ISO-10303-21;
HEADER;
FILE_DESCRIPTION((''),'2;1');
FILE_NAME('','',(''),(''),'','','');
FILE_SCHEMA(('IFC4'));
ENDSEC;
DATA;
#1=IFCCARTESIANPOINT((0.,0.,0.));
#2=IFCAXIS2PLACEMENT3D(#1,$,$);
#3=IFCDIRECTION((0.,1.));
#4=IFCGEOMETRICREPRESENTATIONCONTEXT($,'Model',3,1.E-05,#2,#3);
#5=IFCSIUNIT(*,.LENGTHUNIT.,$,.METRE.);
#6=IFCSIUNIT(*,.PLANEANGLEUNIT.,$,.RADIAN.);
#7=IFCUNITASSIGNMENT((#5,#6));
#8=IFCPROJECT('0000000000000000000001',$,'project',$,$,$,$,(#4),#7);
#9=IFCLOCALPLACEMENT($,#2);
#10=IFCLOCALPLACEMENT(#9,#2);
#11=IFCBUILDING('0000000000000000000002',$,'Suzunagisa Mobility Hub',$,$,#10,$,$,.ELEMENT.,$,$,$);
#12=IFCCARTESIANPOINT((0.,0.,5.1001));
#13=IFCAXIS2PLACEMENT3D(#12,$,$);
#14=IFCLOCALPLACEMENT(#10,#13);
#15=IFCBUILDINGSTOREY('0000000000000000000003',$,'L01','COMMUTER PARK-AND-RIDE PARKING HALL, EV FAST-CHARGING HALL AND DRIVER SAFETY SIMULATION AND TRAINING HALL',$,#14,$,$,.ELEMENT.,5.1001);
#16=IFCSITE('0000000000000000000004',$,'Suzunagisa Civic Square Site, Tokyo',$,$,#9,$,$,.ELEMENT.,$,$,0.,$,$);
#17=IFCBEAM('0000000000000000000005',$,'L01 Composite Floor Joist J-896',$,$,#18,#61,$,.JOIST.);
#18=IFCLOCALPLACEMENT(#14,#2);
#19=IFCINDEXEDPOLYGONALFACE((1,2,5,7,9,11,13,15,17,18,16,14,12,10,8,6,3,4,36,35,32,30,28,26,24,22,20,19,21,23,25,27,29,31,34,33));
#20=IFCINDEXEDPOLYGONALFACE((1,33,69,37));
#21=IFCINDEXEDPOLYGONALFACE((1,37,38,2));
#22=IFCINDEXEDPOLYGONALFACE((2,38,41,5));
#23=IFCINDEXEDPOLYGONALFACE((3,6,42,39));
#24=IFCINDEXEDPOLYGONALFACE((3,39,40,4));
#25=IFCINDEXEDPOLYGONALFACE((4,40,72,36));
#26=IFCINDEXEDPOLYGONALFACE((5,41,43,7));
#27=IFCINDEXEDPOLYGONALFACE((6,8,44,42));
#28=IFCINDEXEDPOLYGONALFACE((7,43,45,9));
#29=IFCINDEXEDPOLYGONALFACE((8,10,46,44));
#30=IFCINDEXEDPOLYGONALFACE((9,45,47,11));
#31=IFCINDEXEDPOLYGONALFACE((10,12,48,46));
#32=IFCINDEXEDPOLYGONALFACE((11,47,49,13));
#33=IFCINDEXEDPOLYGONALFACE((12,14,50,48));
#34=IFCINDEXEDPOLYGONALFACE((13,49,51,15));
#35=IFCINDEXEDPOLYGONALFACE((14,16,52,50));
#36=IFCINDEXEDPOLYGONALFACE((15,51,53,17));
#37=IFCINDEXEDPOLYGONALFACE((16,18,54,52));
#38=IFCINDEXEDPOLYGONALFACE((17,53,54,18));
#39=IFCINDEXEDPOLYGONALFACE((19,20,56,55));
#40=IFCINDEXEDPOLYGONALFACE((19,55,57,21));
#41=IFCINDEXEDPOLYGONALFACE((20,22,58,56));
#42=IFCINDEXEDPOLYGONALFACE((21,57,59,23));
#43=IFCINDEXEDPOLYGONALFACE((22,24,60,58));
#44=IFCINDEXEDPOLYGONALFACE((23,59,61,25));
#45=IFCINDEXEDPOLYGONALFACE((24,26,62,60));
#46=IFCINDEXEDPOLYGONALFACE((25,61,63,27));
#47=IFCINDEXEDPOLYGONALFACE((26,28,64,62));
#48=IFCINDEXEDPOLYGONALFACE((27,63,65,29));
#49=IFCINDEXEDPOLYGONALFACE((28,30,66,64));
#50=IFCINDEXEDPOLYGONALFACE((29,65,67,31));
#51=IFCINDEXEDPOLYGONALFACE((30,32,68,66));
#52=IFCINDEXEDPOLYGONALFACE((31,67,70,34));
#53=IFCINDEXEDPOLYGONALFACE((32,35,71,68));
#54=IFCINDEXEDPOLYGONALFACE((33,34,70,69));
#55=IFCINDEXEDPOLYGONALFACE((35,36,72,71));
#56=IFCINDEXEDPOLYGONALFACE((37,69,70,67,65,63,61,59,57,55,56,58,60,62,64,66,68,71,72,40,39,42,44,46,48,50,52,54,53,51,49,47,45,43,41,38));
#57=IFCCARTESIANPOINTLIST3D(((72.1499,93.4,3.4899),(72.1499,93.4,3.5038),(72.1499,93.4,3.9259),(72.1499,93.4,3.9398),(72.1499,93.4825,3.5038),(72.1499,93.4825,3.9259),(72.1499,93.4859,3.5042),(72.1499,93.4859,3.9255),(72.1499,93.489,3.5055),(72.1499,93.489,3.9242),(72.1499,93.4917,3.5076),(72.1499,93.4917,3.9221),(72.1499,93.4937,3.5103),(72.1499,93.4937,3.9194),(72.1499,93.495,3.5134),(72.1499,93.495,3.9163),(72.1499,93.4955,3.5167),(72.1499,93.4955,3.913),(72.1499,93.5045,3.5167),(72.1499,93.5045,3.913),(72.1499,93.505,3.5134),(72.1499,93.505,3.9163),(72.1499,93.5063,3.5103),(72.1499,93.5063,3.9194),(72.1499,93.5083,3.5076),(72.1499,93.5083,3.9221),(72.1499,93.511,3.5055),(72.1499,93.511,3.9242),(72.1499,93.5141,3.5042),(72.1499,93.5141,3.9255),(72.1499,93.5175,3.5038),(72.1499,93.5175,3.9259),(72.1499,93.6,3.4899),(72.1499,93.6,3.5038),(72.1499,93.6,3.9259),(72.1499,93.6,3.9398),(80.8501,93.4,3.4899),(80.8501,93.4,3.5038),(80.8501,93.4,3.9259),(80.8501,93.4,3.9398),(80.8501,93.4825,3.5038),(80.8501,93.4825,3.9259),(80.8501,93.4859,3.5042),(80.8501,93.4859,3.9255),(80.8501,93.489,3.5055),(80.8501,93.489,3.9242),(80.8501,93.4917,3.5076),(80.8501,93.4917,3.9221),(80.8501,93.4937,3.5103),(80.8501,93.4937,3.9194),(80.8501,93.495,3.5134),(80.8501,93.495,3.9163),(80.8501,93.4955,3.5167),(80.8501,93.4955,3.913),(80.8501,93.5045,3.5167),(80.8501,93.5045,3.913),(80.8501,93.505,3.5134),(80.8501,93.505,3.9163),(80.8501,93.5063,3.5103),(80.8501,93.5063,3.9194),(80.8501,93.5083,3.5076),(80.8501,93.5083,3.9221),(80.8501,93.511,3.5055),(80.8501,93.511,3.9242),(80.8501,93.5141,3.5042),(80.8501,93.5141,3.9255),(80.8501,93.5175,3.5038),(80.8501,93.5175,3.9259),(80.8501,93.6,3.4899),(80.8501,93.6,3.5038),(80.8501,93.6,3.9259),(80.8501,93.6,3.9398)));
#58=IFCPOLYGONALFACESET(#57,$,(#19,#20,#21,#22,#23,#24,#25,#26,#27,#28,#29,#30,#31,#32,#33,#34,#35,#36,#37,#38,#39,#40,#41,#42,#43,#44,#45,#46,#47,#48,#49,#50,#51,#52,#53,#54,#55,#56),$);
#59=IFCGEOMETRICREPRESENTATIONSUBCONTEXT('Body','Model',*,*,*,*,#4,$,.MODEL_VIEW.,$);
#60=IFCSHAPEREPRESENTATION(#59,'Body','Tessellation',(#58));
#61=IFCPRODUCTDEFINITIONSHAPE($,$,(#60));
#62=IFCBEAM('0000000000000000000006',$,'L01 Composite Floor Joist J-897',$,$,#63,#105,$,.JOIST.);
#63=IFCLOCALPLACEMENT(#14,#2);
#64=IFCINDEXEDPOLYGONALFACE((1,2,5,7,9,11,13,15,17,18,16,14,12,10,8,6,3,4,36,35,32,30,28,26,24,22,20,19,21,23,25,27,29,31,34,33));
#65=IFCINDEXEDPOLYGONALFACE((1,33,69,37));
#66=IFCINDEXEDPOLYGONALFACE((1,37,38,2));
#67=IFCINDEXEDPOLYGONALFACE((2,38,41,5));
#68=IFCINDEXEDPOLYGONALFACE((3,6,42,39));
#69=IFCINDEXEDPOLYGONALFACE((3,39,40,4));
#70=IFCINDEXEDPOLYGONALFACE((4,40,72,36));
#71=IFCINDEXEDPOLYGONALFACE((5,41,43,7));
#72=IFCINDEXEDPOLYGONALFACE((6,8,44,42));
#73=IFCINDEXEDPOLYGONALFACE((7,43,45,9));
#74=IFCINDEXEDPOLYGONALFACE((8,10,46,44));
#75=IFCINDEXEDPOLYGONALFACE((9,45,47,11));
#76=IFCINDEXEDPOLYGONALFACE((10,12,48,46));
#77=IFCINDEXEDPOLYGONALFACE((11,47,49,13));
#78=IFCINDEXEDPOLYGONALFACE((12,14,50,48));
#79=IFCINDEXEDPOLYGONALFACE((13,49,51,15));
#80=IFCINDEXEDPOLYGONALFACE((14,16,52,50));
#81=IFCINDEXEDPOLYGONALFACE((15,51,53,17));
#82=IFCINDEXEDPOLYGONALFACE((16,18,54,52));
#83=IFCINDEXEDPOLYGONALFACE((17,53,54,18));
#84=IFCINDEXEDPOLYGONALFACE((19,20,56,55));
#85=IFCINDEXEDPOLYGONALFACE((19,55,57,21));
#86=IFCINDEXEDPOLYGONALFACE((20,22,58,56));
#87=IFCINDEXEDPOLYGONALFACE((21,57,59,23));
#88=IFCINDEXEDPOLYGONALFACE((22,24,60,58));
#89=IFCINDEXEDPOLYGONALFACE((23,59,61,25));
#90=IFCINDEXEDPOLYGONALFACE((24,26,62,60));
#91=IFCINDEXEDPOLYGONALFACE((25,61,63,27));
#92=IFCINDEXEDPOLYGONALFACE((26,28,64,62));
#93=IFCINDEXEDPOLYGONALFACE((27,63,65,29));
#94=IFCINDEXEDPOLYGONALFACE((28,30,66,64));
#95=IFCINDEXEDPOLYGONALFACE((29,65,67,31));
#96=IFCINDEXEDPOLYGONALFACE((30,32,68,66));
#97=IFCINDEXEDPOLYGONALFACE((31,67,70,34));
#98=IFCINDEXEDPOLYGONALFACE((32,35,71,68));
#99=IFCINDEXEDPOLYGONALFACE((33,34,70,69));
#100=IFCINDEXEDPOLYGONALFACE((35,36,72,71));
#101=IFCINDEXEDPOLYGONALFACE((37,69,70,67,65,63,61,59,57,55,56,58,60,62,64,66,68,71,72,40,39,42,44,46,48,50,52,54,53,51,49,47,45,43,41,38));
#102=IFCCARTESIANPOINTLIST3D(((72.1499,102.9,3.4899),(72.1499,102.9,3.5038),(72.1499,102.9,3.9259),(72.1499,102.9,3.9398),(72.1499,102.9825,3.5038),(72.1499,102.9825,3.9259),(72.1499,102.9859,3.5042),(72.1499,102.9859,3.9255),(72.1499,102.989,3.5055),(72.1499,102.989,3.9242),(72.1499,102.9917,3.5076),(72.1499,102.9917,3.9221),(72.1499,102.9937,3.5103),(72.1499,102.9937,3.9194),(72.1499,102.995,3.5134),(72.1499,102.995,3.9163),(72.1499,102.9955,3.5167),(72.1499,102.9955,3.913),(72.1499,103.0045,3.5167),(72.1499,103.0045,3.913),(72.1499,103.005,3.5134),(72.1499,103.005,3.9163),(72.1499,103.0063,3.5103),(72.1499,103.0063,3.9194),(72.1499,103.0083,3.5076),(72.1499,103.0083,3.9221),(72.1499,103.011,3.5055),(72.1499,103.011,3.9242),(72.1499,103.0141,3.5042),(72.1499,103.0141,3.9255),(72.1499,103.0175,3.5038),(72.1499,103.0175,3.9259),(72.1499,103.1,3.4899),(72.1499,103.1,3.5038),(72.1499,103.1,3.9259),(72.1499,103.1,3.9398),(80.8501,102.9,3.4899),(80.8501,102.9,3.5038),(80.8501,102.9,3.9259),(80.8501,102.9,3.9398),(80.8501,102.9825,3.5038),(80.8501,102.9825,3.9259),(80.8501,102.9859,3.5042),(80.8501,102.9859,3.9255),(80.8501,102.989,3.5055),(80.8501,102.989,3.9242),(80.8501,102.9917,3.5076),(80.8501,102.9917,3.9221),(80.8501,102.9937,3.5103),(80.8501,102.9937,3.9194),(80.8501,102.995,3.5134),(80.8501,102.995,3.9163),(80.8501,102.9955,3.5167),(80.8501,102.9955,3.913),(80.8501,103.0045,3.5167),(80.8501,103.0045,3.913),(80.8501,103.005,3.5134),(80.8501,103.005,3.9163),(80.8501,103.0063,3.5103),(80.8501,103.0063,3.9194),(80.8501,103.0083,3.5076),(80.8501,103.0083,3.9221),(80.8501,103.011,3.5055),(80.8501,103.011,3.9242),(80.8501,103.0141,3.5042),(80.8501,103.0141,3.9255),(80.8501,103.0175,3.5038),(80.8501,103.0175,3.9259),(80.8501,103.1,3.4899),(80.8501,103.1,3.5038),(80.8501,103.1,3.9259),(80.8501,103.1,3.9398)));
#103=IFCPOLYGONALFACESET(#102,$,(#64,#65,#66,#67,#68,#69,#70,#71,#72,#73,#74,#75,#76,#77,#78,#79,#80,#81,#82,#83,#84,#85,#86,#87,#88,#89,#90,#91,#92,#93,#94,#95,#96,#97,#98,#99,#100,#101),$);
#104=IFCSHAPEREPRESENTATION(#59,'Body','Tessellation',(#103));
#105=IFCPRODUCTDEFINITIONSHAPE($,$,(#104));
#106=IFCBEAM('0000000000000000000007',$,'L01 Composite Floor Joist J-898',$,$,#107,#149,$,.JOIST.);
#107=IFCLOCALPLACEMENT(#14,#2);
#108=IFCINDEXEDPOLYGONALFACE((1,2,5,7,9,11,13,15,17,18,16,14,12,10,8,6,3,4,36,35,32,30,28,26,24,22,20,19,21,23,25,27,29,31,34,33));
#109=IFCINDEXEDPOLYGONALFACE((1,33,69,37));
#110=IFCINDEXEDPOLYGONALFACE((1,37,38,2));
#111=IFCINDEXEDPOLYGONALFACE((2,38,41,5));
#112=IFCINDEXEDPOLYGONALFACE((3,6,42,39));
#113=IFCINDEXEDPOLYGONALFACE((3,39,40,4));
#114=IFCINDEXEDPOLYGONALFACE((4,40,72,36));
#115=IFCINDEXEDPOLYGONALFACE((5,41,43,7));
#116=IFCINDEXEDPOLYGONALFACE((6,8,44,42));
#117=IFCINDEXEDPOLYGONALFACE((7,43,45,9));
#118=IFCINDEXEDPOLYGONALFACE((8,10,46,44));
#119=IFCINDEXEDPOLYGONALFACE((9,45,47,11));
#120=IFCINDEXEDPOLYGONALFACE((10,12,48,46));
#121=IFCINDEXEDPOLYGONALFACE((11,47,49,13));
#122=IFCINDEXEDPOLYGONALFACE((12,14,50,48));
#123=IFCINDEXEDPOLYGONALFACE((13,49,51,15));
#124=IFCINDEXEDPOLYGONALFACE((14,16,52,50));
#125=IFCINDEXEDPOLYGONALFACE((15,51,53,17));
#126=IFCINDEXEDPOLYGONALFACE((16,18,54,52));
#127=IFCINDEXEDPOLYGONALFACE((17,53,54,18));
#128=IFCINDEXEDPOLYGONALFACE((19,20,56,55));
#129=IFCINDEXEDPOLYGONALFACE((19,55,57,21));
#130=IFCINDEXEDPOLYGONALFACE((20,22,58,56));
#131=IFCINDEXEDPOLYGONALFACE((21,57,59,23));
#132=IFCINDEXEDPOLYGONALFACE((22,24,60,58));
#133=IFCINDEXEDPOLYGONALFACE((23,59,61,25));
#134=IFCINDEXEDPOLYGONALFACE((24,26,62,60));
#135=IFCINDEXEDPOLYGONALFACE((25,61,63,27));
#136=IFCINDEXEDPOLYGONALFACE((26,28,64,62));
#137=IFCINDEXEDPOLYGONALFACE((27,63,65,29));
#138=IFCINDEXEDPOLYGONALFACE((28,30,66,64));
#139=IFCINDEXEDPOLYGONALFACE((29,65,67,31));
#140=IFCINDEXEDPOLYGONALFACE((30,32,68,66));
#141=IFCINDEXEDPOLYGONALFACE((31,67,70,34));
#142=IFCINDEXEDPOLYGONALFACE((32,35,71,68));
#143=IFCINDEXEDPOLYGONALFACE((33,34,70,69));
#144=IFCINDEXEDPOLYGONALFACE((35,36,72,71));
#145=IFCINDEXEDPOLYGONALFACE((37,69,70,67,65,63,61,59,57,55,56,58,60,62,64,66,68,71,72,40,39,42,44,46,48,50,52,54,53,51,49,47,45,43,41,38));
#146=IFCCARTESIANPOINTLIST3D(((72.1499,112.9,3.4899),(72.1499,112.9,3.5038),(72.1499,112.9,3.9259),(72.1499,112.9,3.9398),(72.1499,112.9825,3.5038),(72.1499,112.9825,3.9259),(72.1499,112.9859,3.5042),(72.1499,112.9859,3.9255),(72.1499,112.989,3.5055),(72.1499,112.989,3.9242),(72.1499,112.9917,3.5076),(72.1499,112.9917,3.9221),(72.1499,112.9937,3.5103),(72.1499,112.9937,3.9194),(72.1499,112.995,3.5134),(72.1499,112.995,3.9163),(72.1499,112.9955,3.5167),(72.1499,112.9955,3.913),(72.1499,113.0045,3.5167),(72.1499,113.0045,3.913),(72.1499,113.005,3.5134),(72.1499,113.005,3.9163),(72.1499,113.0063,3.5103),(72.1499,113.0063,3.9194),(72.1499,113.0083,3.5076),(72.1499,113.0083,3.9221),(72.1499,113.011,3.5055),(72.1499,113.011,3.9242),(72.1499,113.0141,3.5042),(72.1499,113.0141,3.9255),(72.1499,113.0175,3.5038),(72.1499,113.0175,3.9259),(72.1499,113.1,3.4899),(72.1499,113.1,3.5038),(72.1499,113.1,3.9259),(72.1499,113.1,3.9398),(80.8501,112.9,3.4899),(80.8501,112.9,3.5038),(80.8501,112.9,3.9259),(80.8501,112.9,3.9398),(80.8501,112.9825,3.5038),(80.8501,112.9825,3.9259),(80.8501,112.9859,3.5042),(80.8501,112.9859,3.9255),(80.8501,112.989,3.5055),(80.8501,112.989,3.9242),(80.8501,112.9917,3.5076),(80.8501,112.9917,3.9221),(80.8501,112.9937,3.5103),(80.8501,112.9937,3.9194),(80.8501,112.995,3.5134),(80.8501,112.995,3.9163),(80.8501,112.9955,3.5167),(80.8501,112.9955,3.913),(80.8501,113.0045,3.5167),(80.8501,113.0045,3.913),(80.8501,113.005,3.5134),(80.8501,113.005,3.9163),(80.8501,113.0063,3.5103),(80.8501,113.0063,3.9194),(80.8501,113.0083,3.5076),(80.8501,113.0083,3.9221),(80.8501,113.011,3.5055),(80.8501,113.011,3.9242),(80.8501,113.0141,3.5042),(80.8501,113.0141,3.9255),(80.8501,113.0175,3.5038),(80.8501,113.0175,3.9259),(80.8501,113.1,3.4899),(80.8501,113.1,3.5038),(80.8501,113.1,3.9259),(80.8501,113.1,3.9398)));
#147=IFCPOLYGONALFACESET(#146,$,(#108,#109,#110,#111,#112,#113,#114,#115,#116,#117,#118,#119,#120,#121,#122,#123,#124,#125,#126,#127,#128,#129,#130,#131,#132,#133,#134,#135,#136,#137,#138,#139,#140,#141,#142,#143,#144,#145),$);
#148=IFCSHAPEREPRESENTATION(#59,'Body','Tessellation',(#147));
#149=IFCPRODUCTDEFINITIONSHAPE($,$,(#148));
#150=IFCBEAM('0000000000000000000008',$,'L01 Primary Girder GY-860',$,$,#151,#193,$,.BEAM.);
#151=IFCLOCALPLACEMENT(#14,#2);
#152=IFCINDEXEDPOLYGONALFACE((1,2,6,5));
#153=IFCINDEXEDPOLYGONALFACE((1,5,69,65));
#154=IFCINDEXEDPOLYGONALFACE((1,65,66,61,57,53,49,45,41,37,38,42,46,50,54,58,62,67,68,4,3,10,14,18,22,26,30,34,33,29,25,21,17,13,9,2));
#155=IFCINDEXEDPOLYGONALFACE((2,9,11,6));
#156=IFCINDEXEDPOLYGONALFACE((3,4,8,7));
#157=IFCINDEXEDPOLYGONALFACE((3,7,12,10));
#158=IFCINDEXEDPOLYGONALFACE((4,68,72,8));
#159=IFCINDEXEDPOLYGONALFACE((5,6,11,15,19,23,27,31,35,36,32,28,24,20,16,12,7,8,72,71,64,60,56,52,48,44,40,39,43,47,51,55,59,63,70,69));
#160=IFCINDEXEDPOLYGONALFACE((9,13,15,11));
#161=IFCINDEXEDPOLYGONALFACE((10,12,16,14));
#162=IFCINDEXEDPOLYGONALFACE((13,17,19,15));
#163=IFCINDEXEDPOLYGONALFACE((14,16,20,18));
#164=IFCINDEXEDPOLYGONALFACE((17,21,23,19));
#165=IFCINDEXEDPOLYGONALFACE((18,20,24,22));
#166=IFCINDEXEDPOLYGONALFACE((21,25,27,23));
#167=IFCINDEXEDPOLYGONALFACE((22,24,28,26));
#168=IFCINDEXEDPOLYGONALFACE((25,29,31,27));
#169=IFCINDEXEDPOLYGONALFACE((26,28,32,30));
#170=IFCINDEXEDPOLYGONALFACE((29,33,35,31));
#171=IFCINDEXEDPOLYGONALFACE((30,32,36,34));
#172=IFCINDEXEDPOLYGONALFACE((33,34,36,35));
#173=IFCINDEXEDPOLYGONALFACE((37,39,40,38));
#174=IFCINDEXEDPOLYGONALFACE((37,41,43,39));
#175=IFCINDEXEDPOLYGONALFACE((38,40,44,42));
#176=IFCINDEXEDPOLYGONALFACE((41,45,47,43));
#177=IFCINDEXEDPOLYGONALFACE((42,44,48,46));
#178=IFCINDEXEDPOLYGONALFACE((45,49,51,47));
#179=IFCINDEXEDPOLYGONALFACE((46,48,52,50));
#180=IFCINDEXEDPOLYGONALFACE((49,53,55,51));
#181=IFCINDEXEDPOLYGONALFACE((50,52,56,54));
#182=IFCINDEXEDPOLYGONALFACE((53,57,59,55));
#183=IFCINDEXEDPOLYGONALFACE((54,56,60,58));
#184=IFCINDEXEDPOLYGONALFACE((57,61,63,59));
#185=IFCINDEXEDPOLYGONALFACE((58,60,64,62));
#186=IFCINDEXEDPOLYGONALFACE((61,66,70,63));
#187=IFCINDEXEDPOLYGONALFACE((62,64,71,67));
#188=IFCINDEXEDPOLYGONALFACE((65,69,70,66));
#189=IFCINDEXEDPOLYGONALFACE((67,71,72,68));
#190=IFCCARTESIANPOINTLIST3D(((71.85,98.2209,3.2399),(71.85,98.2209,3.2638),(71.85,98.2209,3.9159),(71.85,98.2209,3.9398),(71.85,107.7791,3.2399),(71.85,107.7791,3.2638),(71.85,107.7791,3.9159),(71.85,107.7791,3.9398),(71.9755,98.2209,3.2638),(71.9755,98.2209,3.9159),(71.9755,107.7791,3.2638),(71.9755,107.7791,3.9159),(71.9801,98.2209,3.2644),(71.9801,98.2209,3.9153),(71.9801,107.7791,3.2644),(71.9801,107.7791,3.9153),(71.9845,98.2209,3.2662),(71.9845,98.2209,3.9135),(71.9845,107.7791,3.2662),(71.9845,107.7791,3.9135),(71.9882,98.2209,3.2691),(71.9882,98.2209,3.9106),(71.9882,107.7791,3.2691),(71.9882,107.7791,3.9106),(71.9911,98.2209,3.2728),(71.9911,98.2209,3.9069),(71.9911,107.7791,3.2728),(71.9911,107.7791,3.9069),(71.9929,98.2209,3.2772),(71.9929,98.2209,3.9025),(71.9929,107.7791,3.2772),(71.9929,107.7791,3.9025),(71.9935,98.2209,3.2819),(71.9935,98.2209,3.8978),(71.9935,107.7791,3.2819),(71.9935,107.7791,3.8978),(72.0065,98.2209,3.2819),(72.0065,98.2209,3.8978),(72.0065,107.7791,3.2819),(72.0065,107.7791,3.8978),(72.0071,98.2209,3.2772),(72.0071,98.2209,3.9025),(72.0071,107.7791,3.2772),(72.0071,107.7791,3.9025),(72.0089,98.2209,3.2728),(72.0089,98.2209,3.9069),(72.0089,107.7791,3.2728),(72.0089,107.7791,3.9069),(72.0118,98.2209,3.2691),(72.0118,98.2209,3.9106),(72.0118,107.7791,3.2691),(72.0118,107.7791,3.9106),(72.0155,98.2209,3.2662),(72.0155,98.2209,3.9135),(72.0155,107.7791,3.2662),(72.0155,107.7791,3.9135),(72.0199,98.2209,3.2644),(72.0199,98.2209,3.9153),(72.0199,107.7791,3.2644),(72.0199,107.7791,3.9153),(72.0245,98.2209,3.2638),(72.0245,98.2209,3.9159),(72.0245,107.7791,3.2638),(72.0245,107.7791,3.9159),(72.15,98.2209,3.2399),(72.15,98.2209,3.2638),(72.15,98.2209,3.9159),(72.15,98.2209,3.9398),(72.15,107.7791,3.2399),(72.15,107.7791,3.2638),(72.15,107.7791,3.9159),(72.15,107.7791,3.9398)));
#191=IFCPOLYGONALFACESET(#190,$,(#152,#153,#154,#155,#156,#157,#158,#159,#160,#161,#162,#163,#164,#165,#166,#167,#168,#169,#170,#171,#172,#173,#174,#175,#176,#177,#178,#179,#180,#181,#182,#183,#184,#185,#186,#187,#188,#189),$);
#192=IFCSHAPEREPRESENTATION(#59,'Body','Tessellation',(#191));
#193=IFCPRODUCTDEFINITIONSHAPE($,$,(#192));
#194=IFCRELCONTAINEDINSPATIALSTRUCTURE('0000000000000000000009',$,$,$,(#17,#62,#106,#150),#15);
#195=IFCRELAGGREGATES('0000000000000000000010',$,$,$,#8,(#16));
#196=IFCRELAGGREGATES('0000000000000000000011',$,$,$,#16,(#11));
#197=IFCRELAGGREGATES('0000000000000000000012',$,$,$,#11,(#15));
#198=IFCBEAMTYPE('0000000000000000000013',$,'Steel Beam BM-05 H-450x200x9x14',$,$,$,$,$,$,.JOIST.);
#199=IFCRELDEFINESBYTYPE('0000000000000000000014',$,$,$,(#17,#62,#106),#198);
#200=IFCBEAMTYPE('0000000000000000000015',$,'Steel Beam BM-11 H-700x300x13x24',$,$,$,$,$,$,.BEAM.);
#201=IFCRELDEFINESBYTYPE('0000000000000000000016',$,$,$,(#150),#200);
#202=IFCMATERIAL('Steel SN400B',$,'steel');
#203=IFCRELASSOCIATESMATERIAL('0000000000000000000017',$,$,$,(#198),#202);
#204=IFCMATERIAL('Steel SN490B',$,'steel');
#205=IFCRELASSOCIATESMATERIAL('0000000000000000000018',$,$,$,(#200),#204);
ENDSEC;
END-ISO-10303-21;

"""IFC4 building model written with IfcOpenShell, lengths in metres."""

from ifc_helpers import new_model, si_unit, direction, frame, origin, origin_2d, place, context, subcontext, project, spatial, i_section, extrude, material, material_profile, profile_set, type_object, element, save


model = new_model("IFC4")

# Units and contexts
model_context = context("Model", 3, precision=1e-05, world=origin(), true_north=direction((0.0, 1.0)))
body_context = subcontext(model_context, "Body", "Model", "MODEL_VIEW")
ifc_project = project(units=[si_unit("LENGTHUNIT", "METRE"), si_unit("PLANEANGLEUNIT", "RADIAN")], contexts=[model_context])

# Site, building, storey
site_placement = place(None, origin())
site = spatial("IfcSite", under=ifc_project, at=site_placement, Name="Suzunagisa Civic Square Site, Tokyo", CompositionType="ELEMENT", RefElevation=0.0)
building_placement = place(site_placement, origin())
building = spatial("IfcBuilding", under=site, at=building_placement, Name="Suzunagisa Mobility Hub", CompositionType="ELEMENT")
storey_placement = place(building_placement, frame((0.0, 0.0, 5.1001)))
storey = spatial("IfcBuildingStorey", under=building, at=storey_placement, Name="L01", Description="COMMUTER PARK-AND-RIDE PARKING HALL, EV FAST-CHARGING HALL AND DRIVER SAFETY SIMULATION AND TRAINING HALL", CompositionType="ELEMENT", Elevation=5.1001)

# Shared definitions
ifc_material_1 = material(Name="Steel SN490B", Category="steel")

# Beams
ifc_material_2 = material(Name="Steel SN400B", Category="steel")
ifc_material_profile_1 = material_profile(ifc_material_2, i_section(OverallWidth=0.2, OverallDepth=0.45, WebThickness=0.009, FlangeThickness=0.0139, FilletRadius=0.0129, at=origin_2d()), Name="H-450x200x9x14")
ifc_profile_set_1 = profile_set([ifc_material_profile_1], Name="Steel SN400B")
beam_type_1 = type_object("IfcBeamType", Name="Steel Beam BM-05 H-450x200x9x14", PredefinedType="JOIST", material=ifc_profile_set_1)
for number, where, z_axis, x_axis, name in (
    (1, (72.1499, 93.5, 3.7148), (1.0, 0.0, 0.0), (0.0, 1.0, 0.0), "L01 Composite Floor Joist J-896"),
    (2, (72.1499, 103.0, 3.7148), (1.0, 0.0, 0.0), (0.0, 1.0, 0.0), "L01 Composite Floor Joist J-897"),
    (3, (72.1499, 113.0, 3.7148), (1.0, 0.0, 0.0), (0.0, 1.0, 0.0), "L01 Composite Floor Joist J-898"),
):
    element("IfcBeam", number, at=place(storey_placement, frame(where, z_axis=z_axis, x_axis=x_axis)), inside=storey, type_object=beam_type_1, Name=name, PredefinedType="JOIST", context=body_context, shape_type="SweptSolid", body=[
        extrude(i_section(OverallWidth=0.2, OverallDepth=0.45, WebThickness=0.009, FlangeThickness=0.0139, FilletRadius=0.0129, at=origin_2d()), origin(), (0.0, 0.0, 1.0), 8.7002),
    ])
ifc_material_profile_2 = material_profile(ifc_material_1, i_section(OverallWidth=0.3, OverallDepth=0.7, WebThickness=0.0129, FlangeThickness=0.0239, FilletRadius=0.0181, at=origin_2d()), Name="H-700x300x13x24")
ifc_profile_set_2 = profile_set([ifc_material_profile_2], Name="Steel SN490B")
beam_type_2 = type_object("IfcBeamType", Name="Steel Beam BM-11 H-700x300x13x24", PredefinedType="BEAM", material=ifc_profile_set_2)
for number, where, z_axis, x_axis, name in (
    (4, (72.0, 98.2209, 3.5898), (0.0, 1.0, 0.0), (-1.0, 0.0, 0.0), "L01 Primary Girder GY-860"),
):
    element("IfcBeam", number, at=place(storey_placement, frame(where, z_axis=z_axis, x_axis=x_axis)), inside=storey, type_object=beam_type_2, Name=name, PredefinedType="BEAM", context=body_context, shape_type="SweptSolid", body=[
        extrude(i_section(OverallWidth=0.3, OverallDepth=0.7, WebThickness=0.0129, FlangeThickness=0.0239, FilletRadius=0.0181, at=origin_2d()), origin(), (0.0, 0.0, 1.0), 9.5581),
    ])

save(model, "model.ifc")
